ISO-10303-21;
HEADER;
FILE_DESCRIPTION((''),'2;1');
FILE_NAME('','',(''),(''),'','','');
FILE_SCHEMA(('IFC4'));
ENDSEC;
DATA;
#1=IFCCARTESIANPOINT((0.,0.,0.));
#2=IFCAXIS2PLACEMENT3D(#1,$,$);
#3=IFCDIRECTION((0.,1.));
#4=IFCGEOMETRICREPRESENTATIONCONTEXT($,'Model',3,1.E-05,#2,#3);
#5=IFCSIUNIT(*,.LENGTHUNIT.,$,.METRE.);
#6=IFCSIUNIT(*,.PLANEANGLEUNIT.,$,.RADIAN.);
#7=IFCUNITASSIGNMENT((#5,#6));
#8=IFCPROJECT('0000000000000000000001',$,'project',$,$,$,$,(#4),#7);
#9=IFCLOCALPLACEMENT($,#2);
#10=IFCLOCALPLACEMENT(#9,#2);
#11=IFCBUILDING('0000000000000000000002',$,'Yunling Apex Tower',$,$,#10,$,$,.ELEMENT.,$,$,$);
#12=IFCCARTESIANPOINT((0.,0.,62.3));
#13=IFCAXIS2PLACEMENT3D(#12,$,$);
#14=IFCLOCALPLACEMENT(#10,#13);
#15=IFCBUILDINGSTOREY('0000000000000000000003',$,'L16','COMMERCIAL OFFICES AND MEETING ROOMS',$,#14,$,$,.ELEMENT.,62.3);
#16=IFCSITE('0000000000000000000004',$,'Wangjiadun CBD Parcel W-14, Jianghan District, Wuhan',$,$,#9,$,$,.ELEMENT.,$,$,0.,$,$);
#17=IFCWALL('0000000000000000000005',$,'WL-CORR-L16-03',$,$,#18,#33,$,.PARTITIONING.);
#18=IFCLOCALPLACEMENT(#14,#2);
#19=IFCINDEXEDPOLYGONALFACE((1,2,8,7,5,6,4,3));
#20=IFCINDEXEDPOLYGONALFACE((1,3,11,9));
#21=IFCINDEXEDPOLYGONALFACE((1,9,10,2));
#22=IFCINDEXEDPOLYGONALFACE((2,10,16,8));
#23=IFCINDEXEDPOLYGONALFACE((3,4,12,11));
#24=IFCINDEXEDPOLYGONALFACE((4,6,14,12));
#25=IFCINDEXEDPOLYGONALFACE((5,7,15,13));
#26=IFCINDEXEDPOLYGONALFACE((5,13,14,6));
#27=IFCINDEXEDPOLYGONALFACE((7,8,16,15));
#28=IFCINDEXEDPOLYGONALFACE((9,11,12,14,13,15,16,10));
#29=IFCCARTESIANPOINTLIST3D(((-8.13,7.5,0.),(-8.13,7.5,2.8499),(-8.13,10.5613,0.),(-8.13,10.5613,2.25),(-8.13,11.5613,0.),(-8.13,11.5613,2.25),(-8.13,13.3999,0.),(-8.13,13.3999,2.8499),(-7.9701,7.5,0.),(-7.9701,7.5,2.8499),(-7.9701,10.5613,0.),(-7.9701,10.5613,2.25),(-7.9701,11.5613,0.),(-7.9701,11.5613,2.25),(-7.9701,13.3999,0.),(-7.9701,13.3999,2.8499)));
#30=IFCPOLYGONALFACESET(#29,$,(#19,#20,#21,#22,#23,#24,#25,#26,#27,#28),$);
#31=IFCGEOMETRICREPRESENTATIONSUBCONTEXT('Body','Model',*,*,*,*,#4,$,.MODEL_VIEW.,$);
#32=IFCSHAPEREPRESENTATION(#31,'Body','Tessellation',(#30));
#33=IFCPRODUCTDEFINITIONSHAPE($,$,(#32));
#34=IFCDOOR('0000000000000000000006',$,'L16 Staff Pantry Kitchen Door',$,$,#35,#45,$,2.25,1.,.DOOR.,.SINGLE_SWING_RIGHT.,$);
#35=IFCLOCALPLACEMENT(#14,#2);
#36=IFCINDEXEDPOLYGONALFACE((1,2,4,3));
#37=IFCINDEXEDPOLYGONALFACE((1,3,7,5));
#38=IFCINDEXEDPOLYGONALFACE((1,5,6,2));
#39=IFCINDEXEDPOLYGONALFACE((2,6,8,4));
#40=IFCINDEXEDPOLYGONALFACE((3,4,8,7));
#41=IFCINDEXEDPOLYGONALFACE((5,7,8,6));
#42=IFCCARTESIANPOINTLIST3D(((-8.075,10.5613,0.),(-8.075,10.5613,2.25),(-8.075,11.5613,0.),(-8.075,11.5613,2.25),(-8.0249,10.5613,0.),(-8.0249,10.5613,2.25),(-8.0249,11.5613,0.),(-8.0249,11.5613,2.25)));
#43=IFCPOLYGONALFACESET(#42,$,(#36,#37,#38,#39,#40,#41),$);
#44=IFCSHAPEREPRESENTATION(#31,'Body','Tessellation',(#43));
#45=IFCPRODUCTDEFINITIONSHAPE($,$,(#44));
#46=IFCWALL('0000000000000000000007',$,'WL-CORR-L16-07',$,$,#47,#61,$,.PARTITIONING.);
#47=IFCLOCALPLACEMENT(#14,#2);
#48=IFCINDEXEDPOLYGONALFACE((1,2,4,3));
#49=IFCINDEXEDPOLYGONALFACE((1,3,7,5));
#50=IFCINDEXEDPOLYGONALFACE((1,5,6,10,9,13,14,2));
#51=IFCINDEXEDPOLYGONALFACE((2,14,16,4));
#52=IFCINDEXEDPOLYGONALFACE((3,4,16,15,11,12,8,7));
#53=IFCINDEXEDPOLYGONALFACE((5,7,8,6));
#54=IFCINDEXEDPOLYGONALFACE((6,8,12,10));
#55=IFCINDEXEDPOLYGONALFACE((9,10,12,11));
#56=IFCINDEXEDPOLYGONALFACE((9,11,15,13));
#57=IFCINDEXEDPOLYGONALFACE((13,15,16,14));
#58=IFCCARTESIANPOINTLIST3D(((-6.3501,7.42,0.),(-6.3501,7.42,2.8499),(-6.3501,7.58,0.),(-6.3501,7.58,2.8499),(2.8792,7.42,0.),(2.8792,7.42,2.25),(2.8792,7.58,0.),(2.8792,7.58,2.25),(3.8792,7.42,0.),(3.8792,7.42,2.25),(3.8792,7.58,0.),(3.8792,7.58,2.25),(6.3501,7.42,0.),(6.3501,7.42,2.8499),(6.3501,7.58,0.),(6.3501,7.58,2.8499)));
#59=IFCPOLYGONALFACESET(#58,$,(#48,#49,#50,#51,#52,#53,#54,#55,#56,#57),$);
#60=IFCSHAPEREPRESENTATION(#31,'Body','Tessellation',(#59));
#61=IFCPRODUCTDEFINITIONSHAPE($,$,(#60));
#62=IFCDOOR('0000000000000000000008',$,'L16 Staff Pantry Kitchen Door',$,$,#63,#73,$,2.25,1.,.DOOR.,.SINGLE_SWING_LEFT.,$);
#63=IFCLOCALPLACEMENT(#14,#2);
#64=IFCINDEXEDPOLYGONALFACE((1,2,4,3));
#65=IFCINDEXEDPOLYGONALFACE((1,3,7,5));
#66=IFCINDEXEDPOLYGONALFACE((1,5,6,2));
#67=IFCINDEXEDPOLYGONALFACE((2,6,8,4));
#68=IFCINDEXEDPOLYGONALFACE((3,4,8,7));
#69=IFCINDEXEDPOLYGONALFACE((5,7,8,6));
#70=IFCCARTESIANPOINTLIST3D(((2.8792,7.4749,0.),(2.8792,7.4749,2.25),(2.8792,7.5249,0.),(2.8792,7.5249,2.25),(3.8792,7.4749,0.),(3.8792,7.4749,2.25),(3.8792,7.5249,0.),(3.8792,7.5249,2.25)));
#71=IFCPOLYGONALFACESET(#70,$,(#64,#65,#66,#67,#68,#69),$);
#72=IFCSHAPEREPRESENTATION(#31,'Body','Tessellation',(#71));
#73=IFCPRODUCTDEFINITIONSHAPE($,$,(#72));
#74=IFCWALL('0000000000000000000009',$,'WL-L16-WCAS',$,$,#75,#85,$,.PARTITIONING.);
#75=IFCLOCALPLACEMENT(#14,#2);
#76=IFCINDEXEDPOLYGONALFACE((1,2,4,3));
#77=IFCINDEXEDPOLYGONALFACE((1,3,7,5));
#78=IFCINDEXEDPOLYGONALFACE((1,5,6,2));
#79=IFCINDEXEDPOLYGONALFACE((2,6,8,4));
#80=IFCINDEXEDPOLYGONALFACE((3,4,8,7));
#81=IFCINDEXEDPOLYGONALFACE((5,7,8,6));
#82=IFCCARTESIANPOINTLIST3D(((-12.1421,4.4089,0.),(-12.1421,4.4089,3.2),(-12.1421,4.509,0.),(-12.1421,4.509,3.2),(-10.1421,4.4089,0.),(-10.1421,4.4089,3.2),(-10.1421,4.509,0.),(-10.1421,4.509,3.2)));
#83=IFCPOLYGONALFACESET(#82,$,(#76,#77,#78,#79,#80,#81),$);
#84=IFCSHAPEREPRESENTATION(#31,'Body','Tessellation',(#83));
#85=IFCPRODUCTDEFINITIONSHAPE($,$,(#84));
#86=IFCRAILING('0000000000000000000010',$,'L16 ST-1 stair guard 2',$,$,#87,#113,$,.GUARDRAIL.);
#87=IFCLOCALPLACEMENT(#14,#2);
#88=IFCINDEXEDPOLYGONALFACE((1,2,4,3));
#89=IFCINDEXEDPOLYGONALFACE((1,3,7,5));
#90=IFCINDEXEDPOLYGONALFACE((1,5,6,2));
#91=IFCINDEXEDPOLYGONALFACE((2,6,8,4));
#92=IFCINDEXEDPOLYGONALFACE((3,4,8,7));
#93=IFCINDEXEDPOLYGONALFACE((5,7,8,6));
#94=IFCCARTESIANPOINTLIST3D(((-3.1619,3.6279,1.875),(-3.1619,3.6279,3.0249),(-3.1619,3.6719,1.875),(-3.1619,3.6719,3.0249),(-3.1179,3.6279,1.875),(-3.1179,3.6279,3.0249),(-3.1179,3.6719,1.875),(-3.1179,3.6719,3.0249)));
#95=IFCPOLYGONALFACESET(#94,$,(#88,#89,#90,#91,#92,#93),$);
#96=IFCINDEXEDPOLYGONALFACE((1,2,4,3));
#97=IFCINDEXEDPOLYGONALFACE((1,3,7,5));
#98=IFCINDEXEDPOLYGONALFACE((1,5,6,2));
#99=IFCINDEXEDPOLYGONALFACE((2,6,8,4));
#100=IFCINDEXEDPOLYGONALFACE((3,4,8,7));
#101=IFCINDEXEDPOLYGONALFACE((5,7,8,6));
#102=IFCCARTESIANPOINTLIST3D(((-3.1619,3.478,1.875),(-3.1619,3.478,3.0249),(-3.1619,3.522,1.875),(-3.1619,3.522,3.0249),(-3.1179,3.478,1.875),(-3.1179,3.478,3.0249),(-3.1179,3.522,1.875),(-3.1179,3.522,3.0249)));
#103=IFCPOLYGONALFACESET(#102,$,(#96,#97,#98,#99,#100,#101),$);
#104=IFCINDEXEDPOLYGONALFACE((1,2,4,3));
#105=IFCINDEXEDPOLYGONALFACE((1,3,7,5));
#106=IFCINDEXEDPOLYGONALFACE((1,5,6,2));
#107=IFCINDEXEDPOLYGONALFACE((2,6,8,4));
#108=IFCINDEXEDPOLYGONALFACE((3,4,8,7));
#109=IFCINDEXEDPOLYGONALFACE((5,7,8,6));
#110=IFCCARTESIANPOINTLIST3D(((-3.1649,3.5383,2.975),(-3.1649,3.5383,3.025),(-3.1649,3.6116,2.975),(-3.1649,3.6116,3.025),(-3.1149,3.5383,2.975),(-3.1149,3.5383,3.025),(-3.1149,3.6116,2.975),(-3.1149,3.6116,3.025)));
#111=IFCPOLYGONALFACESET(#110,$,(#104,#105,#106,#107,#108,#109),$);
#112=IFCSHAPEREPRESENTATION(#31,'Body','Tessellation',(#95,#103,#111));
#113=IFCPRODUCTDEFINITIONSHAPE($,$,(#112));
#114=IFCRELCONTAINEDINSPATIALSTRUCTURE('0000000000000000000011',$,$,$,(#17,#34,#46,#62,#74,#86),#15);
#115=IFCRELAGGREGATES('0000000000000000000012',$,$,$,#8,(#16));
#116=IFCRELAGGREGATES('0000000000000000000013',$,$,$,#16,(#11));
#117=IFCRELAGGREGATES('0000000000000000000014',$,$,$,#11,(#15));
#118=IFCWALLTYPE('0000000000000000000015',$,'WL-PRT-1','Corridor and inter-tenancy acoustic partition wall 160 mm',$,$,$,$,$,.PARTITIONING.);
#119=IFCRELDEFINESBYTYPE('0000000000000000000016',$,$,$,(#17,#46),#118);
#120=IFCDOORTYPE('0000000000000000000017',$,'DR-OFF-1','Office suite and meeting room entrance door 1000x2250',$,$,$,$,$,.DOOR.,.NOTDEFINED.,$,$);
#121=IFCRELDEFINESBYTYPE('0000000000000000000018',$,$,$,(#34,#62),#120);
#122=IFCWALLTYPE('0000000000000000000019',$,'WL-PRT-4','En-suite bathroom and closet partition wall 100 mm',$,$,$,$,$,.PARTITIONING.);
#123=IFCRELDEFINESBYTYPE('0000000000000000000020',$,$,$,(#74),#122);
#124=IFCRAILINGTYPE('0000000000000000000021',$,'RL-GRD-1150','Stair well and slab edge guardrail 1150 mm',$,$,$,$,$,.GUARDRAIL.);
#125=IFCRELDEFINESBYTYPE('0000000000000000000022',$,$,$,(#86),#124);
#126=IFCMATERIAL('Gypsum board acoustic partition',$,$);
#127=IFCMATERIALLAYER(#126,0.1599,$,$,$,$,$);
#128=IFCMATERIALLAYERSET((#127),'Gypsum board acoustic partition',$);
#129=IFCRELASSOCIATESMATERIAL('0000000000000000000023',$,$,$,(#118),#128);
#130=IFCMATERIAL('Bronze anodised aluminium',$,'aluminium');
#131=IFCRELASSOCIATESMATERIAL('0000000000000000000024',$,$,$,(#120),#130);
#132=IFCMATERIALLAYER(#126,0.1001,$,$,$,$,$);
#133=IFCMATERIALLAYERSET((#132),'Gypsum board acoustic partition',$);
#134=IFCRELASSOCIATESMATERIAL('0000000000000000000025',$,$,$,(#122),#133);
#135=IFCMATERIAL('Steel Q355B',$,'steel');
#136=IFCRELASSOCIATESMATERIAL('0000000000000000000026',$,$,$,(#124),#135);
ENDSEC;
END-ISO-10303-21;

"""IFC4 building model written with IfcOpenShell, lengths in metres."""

from ifc_helpers import new_model, si_unit, direction, frame, frame_2d, origin, origin_2d, place, context, subcontext, project, spatial, rectangle, extrude, material, layer, layer_set, type_object, element, fill, save


model = new_model("IFC4")

# Units and contexts
model_context = context("Model", 3, precision=1e-05, world=origin(), true_north=direction((0.0, 1.0)))
body_context = subcontext(model_context, "Body", "Model", "MODEL_VIEW")
ifc_project = project(units=[si_unit("LENGTHUNIT", "METRE"), si_unit("PLANEANGLEUNIT", "RADIAN")], contexts=[model_context])

# Site, building, storey
site_placement = place(None, origin())
site = spatial("IfcSite", under=ifc_project, at=site_placement, Name="Wangjiadun CBD Parcel W-14, Jianghan District, Wuhan", CompositionType="ELEMENT", RefElevation=0.0)
building_placement = place(site_placement, origin())
building = spatial("IfcBuilding", under=site, at=building_placement, Name="Yunling Apex Tower", CompositionType="ELEMENT")
storey_placement = place(building_placement, frame((0.0, 0.0, 62.3)))
storey = spatial("IfcBuildingStorey", under=building, at=storey_placement, Name="L16", Description="COMMERCIAL OFFICES AND MEETING ROOMS", CompositionType="ELEMENT", Elevation=62.3)

# Shared definitions
ifc_material_1 = material(Name="Steel Q355B", Category="steel")

# Walls, openings, doors
ifc_material_2 = material(Name="Gypsum board acoustic partition")
ifc_layer_1 = layer(ifc_material_2, 0.1599)
ifc_layer_set_1 = layer_set([ifc_layer_1], Name="Gypsum board acoustic partition")
wall_type_1 = type_object("IfcWallType", Name="WL-PRT-1", Description="Corridor and inter-tenancy acoustic partition wall 160 mm", PredefinedType="PARTITIONING", material=ifc_layer_set_1)
wall_1_placement = place(storey_placement, frame((-8.05, 7.5, 0.0), z_axis=(0.0, 0.0, 1.0), x_axis=(0.0, 1.0, 0.0)))
wall_1 = element("IfcWall", 1, at=wall_1_placement, inside=storey, type_object=wall_type_1, Name="WL-CORR-L16-03", PredefinedType="PARTITIONING", context=body_context, shape_type="SweptSolid", body=[
    extrude(rectangle(XDim=5.8999, YDim=0.1599, at=frame_2d((2.95, 0.0))), origin(), (0.0, 0.0, 1.0), 2.8499),
])
opening_1_placement = place(wall_1_placement, frame((3.0613, 0.0, 0.0)))
opening_1 = element("IfcOpeningElement", 2, at=opening_1_placement, cuts=wall_1, PredefinedType="OPENING", context=body_context, shape_type="SweptSolid", body=[
    extrude(rectangle(XDim=1.0, YDim=2.25, at=frame_2d((0.5, 1.125))), frame((0.0, 0.0898, 0.0), z_axis=(0.0, -1.0, 0.0), x_axis=(1.0, 0.0, 0.0)), (0.0, 0.0, 1.0), 0.1799),
])
ifc_material_3 = material(Name="Bronze anodised aluminium", Category="aluminium")
door_type_1 = type_object("IfcDoorType", Name="DR-OFF-1", Description="Office suite and meeting room entrance door 1000x2250", OperationType="NOTDEFINED", PredefinedType="DOOR", material=ifc_material_3)
door_1_placement = place(opening_1_placement, origin())
door_1 = element("IfcDoor", 3, at=door_1_placement, inside=storey, type_object=door_type_1, Name="L16 Staff Pantry Kitchen Door", OperationType="SINGLE_SWING_RIGHT", OverallHeight=2.25, OverallWidth=1.0, PredefinedType="DOOR", context=body_context, shape_type="SweptSolid", body=[
    extrude(rectangle(XDim=1.0, YDim=2.25, at=frame_2d((0.5, 1.125))), frame((0.0, 0.0249, 0.0), z_axis=(0.0, -1.0, 0.0), x_axis=(1.0, 0.0, 0.0)), (0.0, 0.0, 1.0), 0.05),
])
fill(opening_1, door_1)
wall_2_placement = place(storey_placement, frame((-6.3501, 7.5, 0.0), z_axis=(0.0, 0.0, 1.0), x_axis=(1.0, 0.0, 0.0)))
wall_2 = element("IfcWall", 4, at=wall_2_placement, inside=storey, type_object=wall_type_1, Name="WL-CORR-L16-07", PredefinedType="PARTITIONING", context=body_context, shape_type="SweptSolid", body=[
    extrude(rectangle(XDim=12.7002, YDim=0.1599, at=frame_2d((6.3501, 0.0))), origin(), (0.0, 0.0, 1.0), 2.8499),
])
opening_2_placement = place(wall_2_placement, frame((9.2292, 0.0, 0.0)))
opening_2 = element("IfcOpeningElement", 5, at=opening_2_placement, cuts=wall_2, PredefinedType="OPENING", context=body_context, shape_type="SweptSolid", body=[
    extrude(rectangle(XDim=1.0, YDim=2.25, at=frame_2d((0.5, 1.125))), frame((0.0, 0.0898, 0.0), z_axis=(0.0, -1.0, 0.0), x_axis=(1.0, 0.0, 0.0)), (0.0, 0.0, 1.0), 0.1799),
])
door_2_placement = place(opening_2_placement, origin())
door_2 = element("IfcDoor", 6, at=door_2_placement, inside=storey, type_object=door_type_1, Name="L16 Staff Pantry Kitchen Door", OperationType="SINGLE_SWING_LEFT", OverallHeight=2.25, OverallWidth=1.0, PredefinedType="DOOR", context=body_context, shape_type="SweptSolid", body=[
    extrude(rectangle(XDim=1.0, YDim=2.25, at=frame_2d((0.5, 1.125))), frame((0.0, 0.0249, 0.0), z_axis=(0.0, -1.0, 0.0), x_axis=(1.0, 0.0, 0.0)), (0.0, 0.0, 1.0), 0.05),
])
fill(opening_2, door_2)

# Wall
ifc_layer_2 = layer(ifc_material_2, 0.1001)
ifc_layer_set_2 = layer_set([ifc_layer_2], Name="Gypsum board acoustic partition")
wall_type_2 = type_object("IfcWallType", Name="WL-PRT-4", Description="En-suite bathroom and closet partition wall 100 mm", PredefinedType="PARTITIONING", material=ifc_layer_set_2)
wall_3_placement = place(storey_placement, frame((-10.1421, 4.459, 0.0), z_axis=(0.0, 0.0, 1.0), x_axis=(-1.0, 0.0, 0.0)))
element("IfcWall", 7, at=wall_3_placement, inside=storey, type_object=wall_type_2, Name="WL-L16-WCAS", PredefinedType="PARTITIONING", context=body_context, shape_type="SweptSolid", body=[
    extrude(rectangle(XDim=2.0, YDim=0.1001, at=frame_2d((1.0, 0.0))), origin(), (0.0, 0.0, 1.0), 3.2),
])

# Railing
railing_type = type_object("IfcRailingType", Name="RL-GRD-1150", Description="Stair well and slab edge guardrail 1150 mm", PredefinedType="GUARDRAIL", material=ifc_material_1)
railing_placement = place(storey_placement, frame((-3.1399, 3.6499, 1.875)))
element("IfcRailing", 8, at=railing_placement, inside=storey, type_object=railing_type, Name="L16 ST-1 stair guard 2", PredefinedType="GUARDRAIL", context=body_context, shape_type="SweptSolid", body=[
    extrude(rectangle(XDim=0.0439, YDim=0.0439, at=origin_2d()), origin(), (0.0, 0.0, 1.0), 1.1499),
    extrude(rectangle(XDim=0.0439, YDim=0.0439, at=origin_2d()), frame((0.0, -0.1499, 0.0)), (0.0, 0.0, 1.0), 1.1499),
    extrude(rectangle(XDim=0.05, YDim=0.05, at=origin_2d()), frame((0.0, -0.0383, 1.125), z_axis=(0.0, -1.0, 0.0), x_axis=(1.0, 0.0, 0.0)), (0.0, 0.0, 1.0), 0.0732),
])

save(model, "model.ifc")
